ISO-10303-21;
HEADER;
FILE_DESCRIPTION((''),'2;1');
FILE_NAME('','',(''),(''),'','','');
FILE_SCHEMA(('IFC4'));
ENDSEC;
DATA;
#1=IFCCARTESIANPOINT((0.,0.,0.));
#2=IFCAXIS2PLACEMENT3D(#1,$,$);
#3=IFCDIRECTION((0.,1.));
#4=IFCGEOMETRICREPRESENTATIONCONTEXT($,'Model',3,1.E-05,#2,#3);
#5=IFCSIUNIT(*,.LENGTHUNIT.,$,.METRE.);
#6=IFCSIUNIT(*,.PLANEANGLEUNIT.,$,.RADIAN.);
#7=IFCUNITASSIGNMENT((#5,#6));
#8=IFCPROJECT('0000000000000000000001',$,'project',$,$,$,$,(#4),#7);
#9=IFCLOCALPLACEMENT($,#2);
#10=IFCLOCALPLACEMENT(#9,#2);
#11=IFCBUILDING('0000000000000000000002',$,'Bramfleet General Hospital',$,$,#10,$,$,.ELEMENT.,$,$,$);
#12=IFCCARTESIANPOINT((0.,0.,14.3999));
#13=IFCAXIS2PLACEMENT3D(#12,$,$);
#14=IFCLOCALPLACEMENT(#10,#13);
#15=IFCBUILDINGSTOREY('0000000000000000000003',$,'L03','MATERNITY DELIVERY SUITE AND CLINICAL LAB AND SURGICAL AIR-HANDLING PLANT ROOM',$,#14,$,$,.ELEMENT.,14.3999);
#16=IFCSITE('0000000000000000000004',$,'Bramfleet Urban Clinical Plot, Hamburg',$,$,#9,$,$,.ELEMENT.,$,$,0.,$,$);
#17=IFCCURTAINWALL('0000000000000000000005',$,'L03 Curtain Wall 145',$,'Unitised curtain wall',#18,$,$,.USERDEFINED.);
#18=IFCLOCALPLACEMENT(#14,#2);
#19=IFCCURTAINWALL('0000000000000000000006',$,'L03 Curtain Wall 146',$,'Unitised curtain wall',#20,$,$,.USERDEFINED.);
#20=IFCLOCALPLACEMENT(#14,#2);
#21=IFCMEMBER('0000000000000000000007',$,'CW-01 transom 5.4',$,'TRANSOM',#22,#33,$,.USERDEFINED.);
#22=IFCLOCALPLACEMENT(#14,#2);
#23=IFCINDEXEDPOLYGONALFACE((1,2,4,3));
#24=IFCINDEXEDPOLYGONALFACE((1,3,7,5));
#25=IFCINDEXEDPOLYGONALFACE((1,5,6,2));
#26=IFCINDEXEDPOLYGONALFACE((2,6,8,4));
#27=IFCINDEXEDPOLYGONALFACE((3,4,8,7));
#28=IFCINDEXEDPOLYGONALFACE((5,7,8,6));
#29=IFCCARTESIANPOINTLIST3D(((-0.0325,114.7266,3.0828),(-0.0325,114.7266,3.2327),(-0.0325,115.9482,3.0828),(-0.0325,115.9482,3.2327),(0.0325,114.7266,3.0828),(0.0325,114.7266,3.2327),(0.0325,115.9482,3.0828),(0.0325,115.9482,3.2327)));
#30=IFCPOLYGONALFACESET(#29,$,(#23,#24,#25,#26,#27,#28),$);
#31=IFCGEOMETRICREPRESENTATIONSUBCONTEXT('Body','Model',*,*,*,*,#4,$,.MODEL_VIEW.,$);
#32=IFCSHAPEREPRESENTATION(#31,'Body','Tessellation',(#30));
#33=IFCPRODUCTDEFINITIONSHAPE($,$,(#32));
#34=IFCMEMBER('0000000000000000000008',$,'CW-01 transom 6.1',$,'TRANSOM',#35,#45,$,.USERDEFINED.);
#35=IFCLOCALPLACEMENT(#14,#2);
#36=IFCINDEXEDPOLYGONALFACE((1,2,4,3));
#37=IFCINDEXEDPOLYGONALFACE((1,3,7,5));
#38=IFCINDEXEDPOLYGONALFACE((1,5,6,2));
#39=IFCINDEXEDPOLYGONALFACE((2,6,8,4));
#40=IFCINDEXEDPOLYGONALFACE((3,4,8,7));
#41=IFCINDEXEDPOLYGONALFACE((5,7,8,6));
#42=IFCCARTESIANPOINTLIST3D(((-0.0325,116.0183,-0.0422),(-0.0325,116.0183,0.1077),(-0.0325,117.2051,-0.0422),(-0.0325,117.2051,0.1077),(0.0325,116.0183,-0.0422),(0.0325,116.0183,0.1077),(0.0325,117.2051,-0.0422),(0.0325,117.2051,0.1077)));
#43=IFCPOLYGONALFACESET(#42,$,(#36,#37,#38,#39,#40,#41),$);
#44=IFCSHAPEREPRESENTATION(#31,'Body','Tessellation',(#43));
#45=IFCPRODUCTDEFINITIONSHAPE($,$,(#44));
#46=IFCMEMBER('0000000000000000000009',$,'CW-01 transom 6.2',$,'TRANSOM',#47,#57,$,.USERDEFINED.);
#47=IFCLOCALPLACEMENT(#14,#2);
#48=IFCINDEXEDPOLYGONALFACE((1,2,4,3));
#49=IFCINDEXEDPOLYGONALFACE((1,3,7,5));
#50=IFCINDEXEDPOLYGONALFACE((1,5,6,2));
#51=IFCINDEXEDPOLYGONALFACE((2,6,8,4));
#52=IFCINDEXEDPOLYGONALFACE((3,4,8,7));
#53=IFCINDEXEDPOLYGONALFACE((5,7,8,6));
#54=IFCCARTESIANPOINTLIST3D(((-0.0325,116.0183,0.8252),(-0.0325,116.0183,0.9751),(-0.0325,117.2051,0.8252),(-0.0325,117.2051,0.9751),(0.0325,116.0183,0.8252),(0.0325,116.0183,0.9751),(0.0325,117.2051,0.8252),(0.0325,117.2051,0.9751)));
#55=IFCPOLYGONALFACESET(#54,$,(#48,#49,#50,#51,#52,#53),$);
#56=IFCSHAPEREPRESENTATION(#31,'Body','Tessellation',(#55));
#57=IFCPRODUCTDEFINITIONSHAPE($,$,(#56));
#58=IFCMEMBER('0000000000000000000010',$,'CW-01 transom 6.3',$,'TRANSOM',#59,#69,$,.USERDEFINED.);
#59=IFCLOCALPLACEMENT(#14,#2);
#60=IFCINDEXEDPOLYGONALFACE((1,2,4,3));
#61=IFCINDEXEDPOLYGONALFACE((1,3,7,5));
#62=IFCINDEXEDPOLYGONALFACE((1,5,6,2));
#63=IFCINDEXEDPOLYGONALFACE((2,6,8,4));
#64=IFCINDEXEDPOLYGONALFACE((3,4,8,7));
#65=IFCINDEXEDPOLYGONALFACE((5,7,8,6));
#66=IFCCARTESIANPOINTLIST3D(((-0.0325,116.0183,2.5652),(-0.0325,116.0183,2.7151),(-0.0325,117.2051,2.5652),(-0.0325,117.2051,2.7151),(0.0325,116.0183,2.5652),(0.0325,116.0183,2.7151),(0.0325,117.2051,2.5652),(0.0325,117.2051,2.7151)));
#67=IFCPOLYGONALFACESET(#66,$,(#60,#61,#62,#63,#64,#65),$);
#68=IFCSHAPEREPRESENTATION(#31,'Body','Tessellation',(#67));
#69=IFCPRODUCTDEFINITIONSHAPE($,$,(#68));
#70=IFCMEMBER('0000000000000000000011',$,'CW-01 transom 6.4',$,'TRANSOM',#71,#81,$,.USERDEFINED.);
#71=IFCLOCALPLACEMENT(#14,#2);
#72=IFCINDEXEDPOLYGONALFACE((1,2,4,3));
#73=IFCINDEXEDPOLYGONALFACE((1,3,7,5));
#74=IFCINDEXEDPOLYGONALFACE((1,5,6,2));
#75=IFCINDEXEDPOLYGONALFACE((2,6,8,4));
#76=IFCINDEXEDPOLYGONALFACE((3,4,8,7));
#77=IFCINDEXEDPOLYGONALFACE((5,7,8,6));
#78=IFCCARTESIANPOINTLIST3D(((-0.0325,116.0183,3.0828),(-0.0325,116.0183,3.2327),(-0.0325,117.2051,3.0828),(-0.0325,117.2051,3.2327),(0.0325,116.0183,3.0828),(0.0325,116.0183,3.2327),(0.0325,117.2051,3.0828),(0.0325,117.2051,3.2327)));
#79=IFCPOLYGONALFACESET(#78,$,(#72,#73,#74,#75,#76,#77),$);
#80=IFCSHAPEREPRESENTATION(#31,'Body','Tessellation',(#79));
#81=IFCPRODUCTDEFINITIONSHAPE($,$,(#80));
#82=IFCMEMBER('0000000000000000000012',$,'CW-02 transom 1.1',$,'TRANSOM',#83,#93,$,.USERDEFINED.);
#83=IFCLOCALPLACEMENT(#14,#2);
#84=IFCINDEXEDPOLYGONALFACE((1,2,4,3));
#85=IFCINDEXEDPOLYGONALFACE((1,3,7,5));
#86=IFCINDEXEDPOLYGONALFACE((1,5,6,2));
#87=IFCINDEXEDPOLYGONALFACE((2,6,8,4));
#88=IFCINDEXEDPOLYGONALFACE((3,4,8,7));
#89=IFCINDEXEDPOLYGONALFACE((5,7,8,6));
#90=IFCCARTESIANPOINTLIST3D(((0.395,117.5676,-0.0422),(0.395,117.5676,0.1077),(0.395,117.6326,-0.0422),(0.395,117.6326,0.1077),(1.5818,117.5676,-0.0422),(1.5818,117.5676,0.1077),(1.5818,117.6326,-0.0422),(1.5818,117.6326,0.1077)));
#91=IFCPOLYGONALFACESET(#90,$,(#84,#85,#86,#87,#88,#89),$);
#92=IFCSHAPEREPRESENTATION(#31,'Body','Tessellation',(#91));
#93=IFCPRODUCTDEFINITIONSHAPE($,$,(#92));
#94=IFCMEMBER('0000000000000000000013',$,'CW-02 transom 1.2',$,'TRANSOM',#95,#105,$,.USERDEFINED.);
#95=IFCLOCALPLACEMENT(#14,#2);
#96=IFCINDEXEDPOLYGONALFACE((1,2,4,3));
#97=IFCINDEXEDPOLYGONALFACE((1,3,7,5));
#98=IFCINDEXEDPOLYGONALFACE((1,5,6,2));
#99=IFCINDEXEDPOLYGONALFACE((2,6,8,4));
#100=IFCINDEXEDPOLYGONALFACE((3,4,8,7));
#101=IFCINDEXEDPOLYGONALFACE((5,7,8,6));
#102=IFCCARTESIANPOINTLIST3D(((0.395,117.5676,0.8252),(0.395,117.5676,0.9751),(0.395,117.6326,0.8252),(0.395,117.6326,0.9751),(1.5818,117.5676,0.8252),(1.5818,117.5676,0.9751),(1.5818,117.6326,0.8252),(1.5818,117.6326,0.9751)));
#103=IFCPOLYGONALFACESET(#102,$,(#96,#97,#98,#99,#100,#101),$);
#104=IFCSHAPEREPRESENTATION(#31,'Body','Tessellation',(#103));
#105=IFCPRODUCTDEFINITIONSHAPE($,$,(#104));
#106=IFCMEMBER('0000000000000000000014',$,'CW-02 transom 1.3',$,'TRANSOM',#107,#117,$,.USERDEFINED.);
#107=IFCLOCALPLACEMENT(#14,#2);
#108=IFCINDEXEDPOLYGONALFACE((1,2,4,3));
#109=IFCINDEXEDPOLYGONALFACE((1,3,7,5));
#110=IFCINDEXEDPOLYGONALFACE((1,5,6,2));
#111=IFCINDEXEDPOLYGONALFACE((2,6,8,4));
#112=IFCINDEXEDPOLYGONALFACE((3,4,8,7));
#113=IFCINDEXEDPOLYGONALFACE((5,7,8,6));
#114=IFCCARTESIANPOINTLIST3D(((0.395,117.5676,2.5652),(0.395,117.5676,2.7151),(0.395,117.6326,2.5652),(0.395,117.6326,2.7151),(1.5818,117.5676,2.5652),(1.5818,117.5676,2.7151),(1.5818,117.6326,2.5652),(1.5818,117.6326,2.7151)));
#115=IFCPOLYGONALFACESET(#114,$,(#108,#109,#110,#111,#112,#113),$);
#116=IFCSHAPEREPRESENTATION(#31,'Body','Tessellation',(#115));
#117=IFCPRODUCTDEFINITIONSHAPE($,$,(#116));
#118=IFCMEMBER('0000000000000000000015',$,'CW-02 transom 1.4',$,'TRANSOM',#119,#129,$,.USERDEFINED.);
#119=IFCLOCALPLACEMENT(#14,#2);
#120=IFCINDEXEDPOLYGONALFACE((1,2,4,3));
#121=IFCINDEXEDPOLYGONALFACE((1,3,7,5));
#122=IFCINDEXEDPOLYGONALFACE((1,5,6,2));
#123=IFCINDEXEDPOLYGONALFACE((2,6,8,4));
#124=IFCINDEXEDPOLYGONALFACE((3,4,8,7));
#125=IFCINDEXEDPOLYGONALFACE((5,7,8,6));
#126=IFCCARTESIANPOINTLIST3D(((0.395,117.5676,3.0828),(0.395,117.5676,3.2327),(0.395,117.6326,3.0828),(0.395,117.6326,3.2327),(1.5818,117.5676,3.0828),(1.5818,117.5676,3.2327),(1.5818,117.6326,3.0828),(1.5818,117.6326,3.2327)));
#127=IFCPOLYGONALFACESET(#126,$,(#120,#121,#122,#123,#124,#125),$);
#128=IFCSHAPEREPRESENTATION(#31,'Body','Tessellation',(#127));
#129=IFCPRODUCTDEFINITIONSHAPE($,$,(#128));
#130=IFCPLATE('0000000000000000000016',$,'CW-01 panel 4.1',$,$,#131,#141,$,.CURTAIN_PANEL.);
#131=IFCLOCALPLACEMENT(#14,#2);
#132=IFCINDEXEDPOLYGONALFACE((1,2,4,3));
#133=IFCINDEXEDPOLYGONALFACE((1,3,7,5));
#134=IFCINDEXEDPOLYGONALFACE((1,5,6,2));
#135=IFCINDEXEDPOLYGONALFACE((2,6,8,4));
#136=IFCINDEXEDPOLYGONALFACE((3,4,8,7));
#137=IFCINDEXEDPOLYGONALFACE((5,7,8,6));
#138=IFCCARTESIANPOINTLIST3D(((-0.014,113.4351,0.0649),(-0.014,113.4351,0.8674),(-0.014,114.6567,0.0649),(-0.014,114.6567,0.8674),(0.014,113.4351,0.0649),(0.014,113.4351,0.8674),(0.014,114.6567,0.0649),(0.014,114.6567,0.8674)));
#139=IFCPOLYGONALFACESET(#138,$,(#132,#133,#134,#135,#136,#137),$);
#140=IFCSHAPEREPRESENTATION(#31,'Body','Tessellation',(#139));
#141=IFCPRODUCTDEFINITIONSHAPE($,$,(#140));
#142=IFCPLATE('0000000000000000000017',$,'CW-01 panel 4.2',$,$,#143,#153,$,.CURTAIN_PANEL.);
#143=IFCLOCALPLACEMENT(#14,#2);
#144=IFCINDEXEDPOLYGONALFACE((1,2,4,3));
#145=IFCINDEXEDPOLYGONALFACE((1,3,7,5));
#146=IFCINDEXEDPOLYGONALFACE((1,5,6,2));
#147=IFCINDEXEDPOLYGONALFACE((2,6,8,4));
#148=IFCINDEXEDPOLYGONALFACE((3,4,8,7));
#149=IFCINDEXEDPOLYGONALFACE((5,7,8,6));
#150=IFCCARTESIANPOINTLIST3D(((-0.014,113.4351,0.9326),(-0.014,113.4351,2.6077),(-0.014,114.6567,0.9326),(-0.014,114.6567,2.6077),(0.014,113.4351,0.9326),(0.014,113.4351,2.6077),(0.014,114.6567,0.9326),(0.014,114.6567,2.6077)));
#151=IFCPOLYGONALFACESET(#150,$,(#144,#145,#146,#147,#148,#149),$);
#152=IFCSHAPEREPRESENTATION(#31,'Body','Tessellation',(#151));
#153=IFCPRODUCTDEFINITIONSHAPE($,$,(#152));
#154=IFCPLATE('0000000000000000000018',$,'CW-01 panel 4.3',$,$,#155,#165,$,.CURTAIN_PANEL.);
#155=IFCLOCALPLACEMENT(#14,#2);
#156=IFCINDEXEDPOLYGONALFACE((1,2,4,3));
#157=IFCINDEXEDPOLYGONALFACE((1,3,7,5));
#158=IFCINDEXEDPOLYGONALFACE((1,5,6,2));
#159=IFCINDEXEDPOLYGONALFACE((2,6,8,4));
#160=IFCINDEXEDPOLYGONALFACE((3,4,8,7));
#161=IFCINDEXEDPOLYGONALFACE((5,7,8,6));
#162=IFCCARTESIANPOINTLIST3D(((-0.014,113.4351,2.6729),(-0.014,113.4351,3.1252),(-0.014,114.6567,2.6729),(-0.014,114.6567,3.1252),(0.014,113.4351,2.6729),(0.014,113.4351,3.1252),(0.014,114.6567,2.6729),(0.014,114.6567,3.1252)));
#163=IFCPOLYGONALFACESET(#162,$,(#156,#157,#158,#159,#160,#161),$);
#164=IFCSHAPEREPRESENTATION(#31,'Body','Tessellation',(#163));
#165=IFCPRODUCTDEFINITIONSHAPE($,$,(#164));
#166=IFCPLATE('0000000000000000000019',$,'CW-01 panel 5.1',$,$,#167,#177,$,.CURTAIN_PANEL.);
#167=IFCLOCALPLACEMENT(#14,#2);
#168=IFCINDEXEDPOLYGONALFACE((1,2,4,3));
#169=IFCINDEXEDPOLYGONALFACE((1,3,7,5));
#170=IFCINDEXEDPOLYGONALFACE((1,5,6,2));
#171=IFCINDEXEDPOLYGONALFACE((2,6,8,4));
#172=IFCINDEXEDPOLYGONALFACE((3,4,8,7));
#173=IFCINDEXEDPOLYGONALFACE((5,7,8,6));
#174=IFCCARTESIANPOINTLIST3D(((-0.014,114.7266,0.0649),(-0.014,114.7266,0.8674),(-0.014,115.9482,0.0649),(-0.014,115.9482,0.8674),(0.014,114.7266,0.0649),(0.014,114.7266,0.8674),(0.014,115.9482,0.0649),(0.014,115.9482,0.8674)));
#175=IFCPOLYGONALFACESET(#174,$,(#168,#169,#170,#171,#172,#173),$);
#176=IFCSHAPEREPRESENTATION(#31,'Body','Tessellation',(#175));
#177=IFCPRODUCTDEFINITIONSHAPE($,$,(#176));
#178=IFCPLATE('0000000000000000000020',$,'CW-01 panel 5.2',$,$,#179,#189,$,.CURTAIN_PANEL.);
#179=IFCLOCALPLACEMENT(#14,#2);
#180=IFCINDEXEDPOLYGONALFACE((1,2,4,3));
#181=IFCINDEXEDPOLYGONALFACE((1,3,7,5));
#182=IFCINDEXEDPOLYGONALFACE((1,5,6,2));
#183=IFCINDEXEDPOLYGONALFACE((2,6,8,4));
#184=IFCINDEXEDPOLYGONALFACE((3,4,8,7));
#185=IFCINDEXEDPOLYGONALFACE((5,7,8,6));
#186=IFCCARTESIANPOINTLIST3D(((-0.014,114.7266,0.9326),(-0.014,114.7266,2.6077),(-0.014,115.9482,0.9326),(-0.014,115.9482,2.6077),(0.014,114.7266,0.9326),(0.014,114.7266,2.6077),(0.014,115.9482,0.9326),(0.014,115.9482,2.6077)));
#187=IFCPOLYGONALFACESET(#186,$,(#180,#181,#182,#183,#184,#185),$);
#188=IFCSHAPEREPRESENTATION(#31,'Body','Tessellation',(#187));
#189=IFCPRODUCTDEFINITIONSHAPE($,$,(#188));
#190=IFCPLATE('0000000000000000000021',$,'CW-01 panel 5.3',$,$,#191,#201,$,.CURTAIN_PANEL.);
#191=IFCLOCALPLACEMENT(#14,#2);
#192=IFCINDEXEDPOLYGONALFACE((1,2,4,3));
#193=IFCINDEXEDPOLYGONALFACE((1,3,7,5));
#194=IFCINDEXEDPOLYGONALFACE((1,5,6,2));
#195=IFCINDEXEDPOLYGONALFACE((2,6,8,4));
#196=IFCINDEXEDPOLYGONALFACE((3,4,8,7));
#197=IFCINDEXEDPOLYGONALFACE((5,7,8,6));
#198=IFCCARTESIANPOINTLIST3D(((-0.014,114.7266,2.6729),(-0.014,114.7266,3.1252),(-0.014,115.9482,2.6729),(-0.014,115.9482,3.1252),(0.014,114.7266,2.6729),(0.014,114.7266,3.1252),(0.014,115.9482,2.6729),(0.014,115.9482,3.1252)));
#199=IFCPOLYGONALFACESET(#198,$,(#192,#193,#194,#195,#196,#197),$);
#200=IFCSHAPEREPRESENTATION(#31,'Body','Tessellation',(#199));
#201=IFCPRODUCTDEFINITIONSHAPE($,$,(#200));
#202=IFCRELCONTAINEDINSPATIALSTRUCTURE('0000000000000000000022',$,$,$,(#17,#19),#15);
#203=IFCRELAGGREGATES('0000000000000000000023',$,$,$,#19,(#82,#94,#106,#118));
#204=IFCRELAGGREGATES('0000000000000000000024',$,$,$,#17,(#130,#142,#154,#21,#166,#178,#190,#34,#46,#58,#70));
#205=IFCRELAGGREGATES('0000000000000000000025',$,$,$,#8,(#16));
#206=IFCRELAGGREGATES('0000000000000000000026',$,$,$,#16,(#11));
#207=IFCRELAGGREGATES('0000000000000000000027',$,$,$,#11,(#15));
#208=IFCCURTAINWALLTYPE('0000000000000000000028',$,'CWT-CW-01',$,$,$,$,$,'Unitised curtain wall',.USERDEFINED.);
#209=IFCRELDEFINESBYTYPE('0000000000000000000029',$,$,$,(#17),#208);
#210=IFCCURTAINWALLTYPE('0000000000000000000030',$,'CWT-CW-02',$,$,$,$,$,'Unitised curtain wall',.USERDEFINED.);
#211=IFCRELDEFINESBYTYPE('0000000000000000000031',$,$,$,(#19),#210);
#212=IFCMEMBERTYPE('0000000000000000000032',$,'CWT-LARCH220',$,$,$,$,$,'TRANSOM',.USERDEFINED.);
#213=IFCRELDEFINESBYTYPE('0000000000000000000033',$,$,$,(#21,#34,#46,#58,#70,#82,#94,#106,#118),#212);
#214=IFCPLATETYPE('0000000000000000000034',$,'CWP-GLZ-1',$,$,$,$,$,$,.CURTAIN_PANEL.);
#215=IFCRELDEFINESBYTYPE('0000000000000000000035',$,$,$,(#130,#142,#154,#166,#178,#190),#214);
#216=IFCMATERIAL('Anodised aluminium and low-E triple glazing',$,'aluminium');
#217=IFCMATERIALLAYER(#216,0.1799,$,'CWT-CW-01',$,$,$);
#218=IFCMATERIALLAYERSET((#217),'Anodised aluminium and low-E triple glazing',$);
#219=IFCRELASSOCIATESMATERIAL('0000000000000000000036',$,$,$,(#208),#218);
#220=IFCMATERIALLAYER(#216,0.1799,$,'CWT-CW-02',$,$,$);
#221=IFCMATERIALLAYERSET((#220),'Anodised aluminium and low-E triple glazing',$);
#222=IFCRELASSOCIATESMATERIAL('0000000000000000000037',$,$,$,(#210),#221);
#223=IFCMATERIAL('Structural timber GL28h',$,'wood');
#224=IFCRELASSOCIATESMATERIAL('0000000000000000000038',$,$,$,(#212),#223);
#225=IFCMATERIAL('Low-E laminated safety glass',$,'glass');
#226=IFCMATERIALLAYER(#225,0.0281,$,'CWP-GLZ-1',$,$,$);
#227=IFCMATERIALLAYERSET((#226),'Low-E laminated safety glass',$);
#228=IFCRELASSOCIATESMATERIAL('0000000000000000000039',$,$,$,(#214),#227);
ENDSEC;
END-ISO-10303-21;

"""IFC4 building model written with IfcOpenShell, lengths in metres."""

from ifc_helpers import new_model, si_unit, direction, frame, origin, origin_2d, place, context, subcontext, project, spatial, rectangle, extrude, material, layer, layer_set, material_profile, profile_set, type_object, element, aggregate, save


model = new_model("IFC4")

# Units and contexts
model_context = context("Model", 3, precision=1e-05, world=origin(), true_north=direction((0.0, 1.0)))
body_context = subcontext(model_context, "Body", "Model", "MODEL_VIEW")
ifc_project = project(units=[si_unit("LENGTHUNIT", "METRE"), si_unit("PLANEANGLEUNIT", "RADIAN")], contexts=[model_context])

# Site, building, storey
site_placement = place(None, origin())
site = spatial("IfcSite", under=ifc_project, at=site_placement, Name="Bramfleet Urban Clinical Plot, Hamburg", CompositionType="ELEMENT", RefElevation=0.0)
building_placement = place(site_placement, origin())
building = spatial("IfcBuilding", under=site, at=building_placement, Name="Bramfleet General Hospital", CompositionType="ELEMENT")
storey_placement = place(building_placement, frame((0.0, 0.0, 14.3999)))
storey = spatial("IfcBuildingStorey", under=building, at=storey_placement, Name="L03", Description="MATERNITY DELIVERY SUITE AND CLINICAL LAB AND SURGICAL AIR-HANDLING PLANT ROOM", CompositionType="ELEMENT", Elevation=14.3999)

# Curtain wall
ifc_material_1 = material(Name="Anodised aluminium and low-E triple glazing", Category="aluminium")
ifc_layer_1 = layer(ifc_material_1, 0.1799, Name="CWT-CW-01")
ifc_layer_set_1 = layer_set([ifc_layer_1], Name="Anodised aluminium and low-E triple glazing")
curtain_wall_type_1 = type_object("IfcCurtainWallType", Name="CWT-CW-01", ElementType="Unitised curtain wall", PredefinedType="USERDEFINED", material=ifc_layer_set_1)
curtain_wall_1_placement = place(storey_placement, origin())
curtain_wall_1 = element("IfcCurtainWall", 1, at=curtain_wall_1_placement, inside=storey, type_object=curtain_wall_type_1, Name="L03 Curtain Wall 145", ObjectType="Unitised curtain wall", PredefinedType="USERDEFINED")
ifc_material_2 = material(Name="Structural timber GL28h", Category="wood")

# Curtain wall
ifc_layer_2 = layer(ifc_material_1, 0.1799, Name="CWT-CW-02")
ifc_layer_set_2 = layer_set([ifc_layer_2], Name="Anodised aluminium and low-E triple glazing")
curtain_wall_type_2 = type_object("IfcCurtainWallType", Name="CWT-CW-02", ElementType="Unitised curtain wall", PredefinedType="USERDEFINED", material=ifc_layer_set_2)
curtain_wall_2_placement = place(storey_placement, origin())
curtain_wall_2 = element("IfcCurtainWall", 2, at=curtain_wall_2_placement, inside=storey, type_object=curtain_wall_type_2, Name="L03 Curtain Wall 146", ObjectType="Unitised curtain wall", PredefinedType="USERDEFINED")

# Members
ifc_material_profile_1 = material_profile(ifc_material_2, rectangle(XDim=0.0649, YDim=0.1499, at=origin_2d()), Name="LARCH 150x65")
ifc_profile_set_1 = profile_set([ifc_material_profile_1], Name="Structural timber GL28h")
member_type_1 = type_object("IfcMemberType", Name="CWT-LARCH220", ElementType="TRANSOM", PredefinedType="USERDEFINED", material=ifc_profile_set_1)
member_1_placement = place(storey_placement, frame((0.0, 114.7266, 3.1577), z_axis=(0.0, 1.0, 0.0), x_axis=(-1.0, 0.0, 0.0)))
member_1 = element("IfcMember", 3, at=member_1_placement, type_object=member_type_1, Name="CW-01 transom 5.4", ObjectType="TRANSOM", PredefinedType="USERDEFINED", context=body_context, shape_type="SweptSolid", body=[
    extrude(rectangle(XDim=0.0649, YDim=0.1499, at=origin_2d()), origin(), (0.0, 0.0, 1.0), 1.2217),
])
member_2_placement = place(storey_placement, frame((0.0, 116.0183, 0.0327), z_axis=(0.0, 1.0, 0.0), x_axis=(-1.0, 0.0, 0.0)))
member_2 = element("IfcMember", 4, at=member_2_placement, type_object=member_type_1, Name="CW-01 transom 6.1", ObjectType="TRANSOM", PredefinedType="USERDEFINED", context=body_context, shape_type="SweptSolid", body=[
    extrude(rectangle(XDim=0.0649, YDim=0.1499, at=origin_2d()), origin(), (0.0, 0.0, 1.0), 1.1868),
])
member_3_placement = place(storey_placement, frame((0.0, 116.0183, 0.9001), z_axis=(0.0, 1.0, 0.0), x_axis=(-1.0, 0.0, 0.0)))
member_3 = element("IfcMember", 5, at=member_3_placement, type_object=member_type_1, Name="CW-01 transom 6.2", ObjectType="TRANSOM", PredefinedType="USERDEFINED", context=body_context, shape_type="SweptSolid", body=[
    extrude(rectangle(XDim=0.0649, YDim=0.1499, at=origin_2d()), origin(), (0.0, 0.0, 1.0), 1.1868),
])
member_4_placement = place(storey_placement, frame((0.0, 116.0183, 2.6401), z_axis=(0.0, 1.0, 0.0), x_axis=(-1.0, 0.0, 0.0)))
member_4 = element("IfcMember", 6, at=member_4_placement, type_object=member_type_1, Name="CW-01 transom 6.3", ObjectType="TRANSOM", PredefinedType="USERDEFINED", context=body_context, shape_type="SweptSolid", body=[
    extrude(rectangle(XDim=0.0649, YDim=0.1499, at=origin_2d()), origin(), (0.0, 0.0, 1.0), 1.1868),
])
member_5_placement = place(storey_placement, frame((0.0, 116.0183, 3.1577), z_axis=(0.0, 1.0, 0.0), x_axis=(-1.0, 0.0, 0.0)))
member_5 = element("IfcMember", 7, at=member_5_placement, type_object=member_type_1, Name="CW-01 transom 6.4", ObjectType="TRANSOM", PredefinedType="USERDEFINED", context=body_context, shape_type="SweptSolid", body=[
    extrude(rectangle(XDim=0.0649, YDim=0.1499, at=origin_2d()), origin(), (0.0, 0.0, 1.0), 1.1868),
])
member_6_placement = place(storey_placement, frame((0.395, 117.6001, 0.0327), z_axis=(1.0, 0.0, 0.0), x_axis=(0.0, 1.0, 0.0)))
member_6 = element("IfcMember", 8, at=member_6_placement, type_object=member_type_1, Name="CW-02 transom 1.1", ObjectType="TRANSOM", PredefinedType="USERDEFINED", context=body_context, shape_type="SweptSolid", body=[
    extrude(rectangle(XDim=0.0649, YDim=0.1499, at=origin_2d()), origin(), (0.0, 0.0, 1.0), 1.1868),
])
member_7_placement = place(storey_placement, frame((0.395, 117.6001, 0.9001), z_axis=(1.0, 0.0, 0.0), x_axis=(0.0, 1.0, 0.0)))
member_7 = element("IfcMember", 9, at=member_7_placement, type_object=member_type_1, Name="CW-02 transom 1.2", ObjectType="TRANSOM", PredefinedType="USERDEFINED", context=body_context, shape_type="SweptSolid", body=[
    extrude(rectangle(XDim=0.0649, YDim=0.1499, at=origin_2d()), origin(), (0.0, 0.0, 1.0), 1.1868),
])
member_8_placement = place(storey_placement, frame((0.395, 117.6001, 2.6401), z_axis=(1.0, 0.0, 0.0), x_axis=(0.0, 1.0, 0.0)))
member_8 = element("IfcMember", 10, at=member_8_placement, type_object=member_type_1, Name="CW-02 transom 1.3", ObjectType="TRANSOM", PredefinedType="USERDEFINED", context=body_context, shape_type="SweptSolid", body=[
    extrude(rectangle(XDim=0.0649, YDim=0.1499, at=origin_2d()), origin(), (0.0, 0.0, 1.0), 1.1868),
])
member_9_placement = place(storey_placement, frame((0.395, 117.6001, 3.1577), z_axis=(1.0, 0.0, 0.0), x_axis=(0.0, 1.0, 0.0)))
member_9 = element("IfcMember", 11, at=member_9_placement, type_object=member_type_1, Name="CW-02 transom 1.4", ObjectType="TRANSOM", PredefinedType="USERDEFINED", context=body_context, shape_type="SweptSolid", body=[
    extrude(rectangle(XDim=0.0649, YDim=0.1499, at=origin_2d()), origin(), (0.0, 0.0, 1.0), 1.1868),
])
aggregate(curtain_wall_2, [member_6, member_7, member_8, member_9])

# Plates
ifc_material_3 = material(Name="Low-E laminated safety glass", Category="glass")
ifc_layer_3 = layer(ifc_material_3, 0.0281, Name="CWP-GLZ-1")
ifc_layer_set_3 = layer_set([ifc_layer_3], Name="Low-E laminated safety glass")
plate_type = type_object("IfcPlateType", Name="CWP-GLZ-1", PredefinedType="CURTAIN_PANEL", material=ifc_layer_set_3)
plate_1_placement = place(storey_placement, frame((0.0, 114.0459, 0.0649), z_axis=(0.0, 0.0, 1.0), x_axis=(0.0, 1.0, 0.0)))
plate_1 = element("IfcPlate", 12, at=plate_1_placement, type_object=plate_type, Name="CW-01 panel 4.1", PredefinedType="CURTAIN_PANEL", context=body_context, shape_type="SweptSolid", body=[
    extrude(rectangle(XDim=1.2217, YDim=0.0281, at=origin_2d()), origin(), (0.0, 0.0, 1.0), 0.8025),
])
plate_2_placement = place(storey_placement, frame((0.0, 114.0459, 0.9326), z_axis=(0.0, 0.0, 1.0), x_axis=(0.0, 1.0, 0.0)))
plate_2 = element("IfcPlate", 13, at=plate_2_placement, type_object=plate_type, Name="CW-01 panel 4.2", PredefinedType="CURTAIN_PANEL", context=body_context, shape_type="SweptSolid", body=[
    extrude(rectangle(XDim=1.2217, YDim=0.0281, at=origin_2d()), origin(), (0.0, 0.0, 1.0), 1.675),
])
plate_3_placement = place(storey_placement, frame((0.0, 114.0459, 2.6729), z_axis=(0.0, 0.0, 1.0), x_axis=(0.0, 1.0, 0.0)))
plate_3 = element("IfcPlate", 14, at=plate_3_placement, type_object=plate_type, Name="CW-01 panel 4.3", PredefinedType="CURTAIN_PANEL", context=body_context, shape_type="SweptSolid", body=[
    extrude(rectangle(XDim=1.2217, YDim=0.0281, at=origin_2d()), origin(), (0.0, 0.0, 1.0), 0.4524),
])
plate_4_placement = place(storey_placement, frame((0.0, 115.3374, 0.0649), z_axis=(0.0, 0.0, 1.0), x_axis=(0.0, 1.0, 0.0)))
plate_4 = element("IfcPlate", 15, at=plate_4_placement, type_object=plate_type, Name="CW-01 panel 5.1", PredefinedType="CURTAIN_PANEL", context=body_context, shape_type="SweptSolid", body=[
    extrude(rectangle(XDim=1.2217, YDim=0.0281, at=origin_2d()), origin(), (0.0, 0.0, 1.0), 0.8025),
])
plate_5_placement = place(storey_placement, frame((0.0, 115.3374, 0.9326), z_axis=(0.0, 0.0, 1.0), x_axis=(0.0, 1.0, 0.0)))
plate_5 = element("IfcPlate", 16, at=plate_5_placement, type_object=plate_type, Name="CW-01 panel 5.2", PredefinedType="CURTAIN_PANEL", context=body_context, shape_type="SweptSolid", body=[
    extrude(rectangle(XDim=1.2217, YDim=0.0281, at=origin_2d()), origin(), (0.0, 0.0, 1.0), 1.675),
])
plate_6_placement = place(storey_placement, frame((0.0, 115.3374, 2.6729), z_axis=(0.0, 0.0, 1.0), x_axis=(0.0, 1.0, 0.0)))
plate_6 = element("IfcPlate", 17, at=plate_6_placement, type_object=plate_type, Name="CW-01 panel 5.3", PredefinedType="CURTAIN_PANEL", context=body_context, shape_type="SweptSolid", body=[
    extrude(rectangle(XDim=1.2217, YDim=0.0281, at=origin_2d()), origin(), (0.0, 0.0, 1.0), 0.4524),
])
aggregate(curtain_wall_1, [plate_1, plate_2, plate_3, member_1, plate_4, plate_5, plate_6, member_2, member_3, member_4, member_5])

save(model, "model.ifc")
